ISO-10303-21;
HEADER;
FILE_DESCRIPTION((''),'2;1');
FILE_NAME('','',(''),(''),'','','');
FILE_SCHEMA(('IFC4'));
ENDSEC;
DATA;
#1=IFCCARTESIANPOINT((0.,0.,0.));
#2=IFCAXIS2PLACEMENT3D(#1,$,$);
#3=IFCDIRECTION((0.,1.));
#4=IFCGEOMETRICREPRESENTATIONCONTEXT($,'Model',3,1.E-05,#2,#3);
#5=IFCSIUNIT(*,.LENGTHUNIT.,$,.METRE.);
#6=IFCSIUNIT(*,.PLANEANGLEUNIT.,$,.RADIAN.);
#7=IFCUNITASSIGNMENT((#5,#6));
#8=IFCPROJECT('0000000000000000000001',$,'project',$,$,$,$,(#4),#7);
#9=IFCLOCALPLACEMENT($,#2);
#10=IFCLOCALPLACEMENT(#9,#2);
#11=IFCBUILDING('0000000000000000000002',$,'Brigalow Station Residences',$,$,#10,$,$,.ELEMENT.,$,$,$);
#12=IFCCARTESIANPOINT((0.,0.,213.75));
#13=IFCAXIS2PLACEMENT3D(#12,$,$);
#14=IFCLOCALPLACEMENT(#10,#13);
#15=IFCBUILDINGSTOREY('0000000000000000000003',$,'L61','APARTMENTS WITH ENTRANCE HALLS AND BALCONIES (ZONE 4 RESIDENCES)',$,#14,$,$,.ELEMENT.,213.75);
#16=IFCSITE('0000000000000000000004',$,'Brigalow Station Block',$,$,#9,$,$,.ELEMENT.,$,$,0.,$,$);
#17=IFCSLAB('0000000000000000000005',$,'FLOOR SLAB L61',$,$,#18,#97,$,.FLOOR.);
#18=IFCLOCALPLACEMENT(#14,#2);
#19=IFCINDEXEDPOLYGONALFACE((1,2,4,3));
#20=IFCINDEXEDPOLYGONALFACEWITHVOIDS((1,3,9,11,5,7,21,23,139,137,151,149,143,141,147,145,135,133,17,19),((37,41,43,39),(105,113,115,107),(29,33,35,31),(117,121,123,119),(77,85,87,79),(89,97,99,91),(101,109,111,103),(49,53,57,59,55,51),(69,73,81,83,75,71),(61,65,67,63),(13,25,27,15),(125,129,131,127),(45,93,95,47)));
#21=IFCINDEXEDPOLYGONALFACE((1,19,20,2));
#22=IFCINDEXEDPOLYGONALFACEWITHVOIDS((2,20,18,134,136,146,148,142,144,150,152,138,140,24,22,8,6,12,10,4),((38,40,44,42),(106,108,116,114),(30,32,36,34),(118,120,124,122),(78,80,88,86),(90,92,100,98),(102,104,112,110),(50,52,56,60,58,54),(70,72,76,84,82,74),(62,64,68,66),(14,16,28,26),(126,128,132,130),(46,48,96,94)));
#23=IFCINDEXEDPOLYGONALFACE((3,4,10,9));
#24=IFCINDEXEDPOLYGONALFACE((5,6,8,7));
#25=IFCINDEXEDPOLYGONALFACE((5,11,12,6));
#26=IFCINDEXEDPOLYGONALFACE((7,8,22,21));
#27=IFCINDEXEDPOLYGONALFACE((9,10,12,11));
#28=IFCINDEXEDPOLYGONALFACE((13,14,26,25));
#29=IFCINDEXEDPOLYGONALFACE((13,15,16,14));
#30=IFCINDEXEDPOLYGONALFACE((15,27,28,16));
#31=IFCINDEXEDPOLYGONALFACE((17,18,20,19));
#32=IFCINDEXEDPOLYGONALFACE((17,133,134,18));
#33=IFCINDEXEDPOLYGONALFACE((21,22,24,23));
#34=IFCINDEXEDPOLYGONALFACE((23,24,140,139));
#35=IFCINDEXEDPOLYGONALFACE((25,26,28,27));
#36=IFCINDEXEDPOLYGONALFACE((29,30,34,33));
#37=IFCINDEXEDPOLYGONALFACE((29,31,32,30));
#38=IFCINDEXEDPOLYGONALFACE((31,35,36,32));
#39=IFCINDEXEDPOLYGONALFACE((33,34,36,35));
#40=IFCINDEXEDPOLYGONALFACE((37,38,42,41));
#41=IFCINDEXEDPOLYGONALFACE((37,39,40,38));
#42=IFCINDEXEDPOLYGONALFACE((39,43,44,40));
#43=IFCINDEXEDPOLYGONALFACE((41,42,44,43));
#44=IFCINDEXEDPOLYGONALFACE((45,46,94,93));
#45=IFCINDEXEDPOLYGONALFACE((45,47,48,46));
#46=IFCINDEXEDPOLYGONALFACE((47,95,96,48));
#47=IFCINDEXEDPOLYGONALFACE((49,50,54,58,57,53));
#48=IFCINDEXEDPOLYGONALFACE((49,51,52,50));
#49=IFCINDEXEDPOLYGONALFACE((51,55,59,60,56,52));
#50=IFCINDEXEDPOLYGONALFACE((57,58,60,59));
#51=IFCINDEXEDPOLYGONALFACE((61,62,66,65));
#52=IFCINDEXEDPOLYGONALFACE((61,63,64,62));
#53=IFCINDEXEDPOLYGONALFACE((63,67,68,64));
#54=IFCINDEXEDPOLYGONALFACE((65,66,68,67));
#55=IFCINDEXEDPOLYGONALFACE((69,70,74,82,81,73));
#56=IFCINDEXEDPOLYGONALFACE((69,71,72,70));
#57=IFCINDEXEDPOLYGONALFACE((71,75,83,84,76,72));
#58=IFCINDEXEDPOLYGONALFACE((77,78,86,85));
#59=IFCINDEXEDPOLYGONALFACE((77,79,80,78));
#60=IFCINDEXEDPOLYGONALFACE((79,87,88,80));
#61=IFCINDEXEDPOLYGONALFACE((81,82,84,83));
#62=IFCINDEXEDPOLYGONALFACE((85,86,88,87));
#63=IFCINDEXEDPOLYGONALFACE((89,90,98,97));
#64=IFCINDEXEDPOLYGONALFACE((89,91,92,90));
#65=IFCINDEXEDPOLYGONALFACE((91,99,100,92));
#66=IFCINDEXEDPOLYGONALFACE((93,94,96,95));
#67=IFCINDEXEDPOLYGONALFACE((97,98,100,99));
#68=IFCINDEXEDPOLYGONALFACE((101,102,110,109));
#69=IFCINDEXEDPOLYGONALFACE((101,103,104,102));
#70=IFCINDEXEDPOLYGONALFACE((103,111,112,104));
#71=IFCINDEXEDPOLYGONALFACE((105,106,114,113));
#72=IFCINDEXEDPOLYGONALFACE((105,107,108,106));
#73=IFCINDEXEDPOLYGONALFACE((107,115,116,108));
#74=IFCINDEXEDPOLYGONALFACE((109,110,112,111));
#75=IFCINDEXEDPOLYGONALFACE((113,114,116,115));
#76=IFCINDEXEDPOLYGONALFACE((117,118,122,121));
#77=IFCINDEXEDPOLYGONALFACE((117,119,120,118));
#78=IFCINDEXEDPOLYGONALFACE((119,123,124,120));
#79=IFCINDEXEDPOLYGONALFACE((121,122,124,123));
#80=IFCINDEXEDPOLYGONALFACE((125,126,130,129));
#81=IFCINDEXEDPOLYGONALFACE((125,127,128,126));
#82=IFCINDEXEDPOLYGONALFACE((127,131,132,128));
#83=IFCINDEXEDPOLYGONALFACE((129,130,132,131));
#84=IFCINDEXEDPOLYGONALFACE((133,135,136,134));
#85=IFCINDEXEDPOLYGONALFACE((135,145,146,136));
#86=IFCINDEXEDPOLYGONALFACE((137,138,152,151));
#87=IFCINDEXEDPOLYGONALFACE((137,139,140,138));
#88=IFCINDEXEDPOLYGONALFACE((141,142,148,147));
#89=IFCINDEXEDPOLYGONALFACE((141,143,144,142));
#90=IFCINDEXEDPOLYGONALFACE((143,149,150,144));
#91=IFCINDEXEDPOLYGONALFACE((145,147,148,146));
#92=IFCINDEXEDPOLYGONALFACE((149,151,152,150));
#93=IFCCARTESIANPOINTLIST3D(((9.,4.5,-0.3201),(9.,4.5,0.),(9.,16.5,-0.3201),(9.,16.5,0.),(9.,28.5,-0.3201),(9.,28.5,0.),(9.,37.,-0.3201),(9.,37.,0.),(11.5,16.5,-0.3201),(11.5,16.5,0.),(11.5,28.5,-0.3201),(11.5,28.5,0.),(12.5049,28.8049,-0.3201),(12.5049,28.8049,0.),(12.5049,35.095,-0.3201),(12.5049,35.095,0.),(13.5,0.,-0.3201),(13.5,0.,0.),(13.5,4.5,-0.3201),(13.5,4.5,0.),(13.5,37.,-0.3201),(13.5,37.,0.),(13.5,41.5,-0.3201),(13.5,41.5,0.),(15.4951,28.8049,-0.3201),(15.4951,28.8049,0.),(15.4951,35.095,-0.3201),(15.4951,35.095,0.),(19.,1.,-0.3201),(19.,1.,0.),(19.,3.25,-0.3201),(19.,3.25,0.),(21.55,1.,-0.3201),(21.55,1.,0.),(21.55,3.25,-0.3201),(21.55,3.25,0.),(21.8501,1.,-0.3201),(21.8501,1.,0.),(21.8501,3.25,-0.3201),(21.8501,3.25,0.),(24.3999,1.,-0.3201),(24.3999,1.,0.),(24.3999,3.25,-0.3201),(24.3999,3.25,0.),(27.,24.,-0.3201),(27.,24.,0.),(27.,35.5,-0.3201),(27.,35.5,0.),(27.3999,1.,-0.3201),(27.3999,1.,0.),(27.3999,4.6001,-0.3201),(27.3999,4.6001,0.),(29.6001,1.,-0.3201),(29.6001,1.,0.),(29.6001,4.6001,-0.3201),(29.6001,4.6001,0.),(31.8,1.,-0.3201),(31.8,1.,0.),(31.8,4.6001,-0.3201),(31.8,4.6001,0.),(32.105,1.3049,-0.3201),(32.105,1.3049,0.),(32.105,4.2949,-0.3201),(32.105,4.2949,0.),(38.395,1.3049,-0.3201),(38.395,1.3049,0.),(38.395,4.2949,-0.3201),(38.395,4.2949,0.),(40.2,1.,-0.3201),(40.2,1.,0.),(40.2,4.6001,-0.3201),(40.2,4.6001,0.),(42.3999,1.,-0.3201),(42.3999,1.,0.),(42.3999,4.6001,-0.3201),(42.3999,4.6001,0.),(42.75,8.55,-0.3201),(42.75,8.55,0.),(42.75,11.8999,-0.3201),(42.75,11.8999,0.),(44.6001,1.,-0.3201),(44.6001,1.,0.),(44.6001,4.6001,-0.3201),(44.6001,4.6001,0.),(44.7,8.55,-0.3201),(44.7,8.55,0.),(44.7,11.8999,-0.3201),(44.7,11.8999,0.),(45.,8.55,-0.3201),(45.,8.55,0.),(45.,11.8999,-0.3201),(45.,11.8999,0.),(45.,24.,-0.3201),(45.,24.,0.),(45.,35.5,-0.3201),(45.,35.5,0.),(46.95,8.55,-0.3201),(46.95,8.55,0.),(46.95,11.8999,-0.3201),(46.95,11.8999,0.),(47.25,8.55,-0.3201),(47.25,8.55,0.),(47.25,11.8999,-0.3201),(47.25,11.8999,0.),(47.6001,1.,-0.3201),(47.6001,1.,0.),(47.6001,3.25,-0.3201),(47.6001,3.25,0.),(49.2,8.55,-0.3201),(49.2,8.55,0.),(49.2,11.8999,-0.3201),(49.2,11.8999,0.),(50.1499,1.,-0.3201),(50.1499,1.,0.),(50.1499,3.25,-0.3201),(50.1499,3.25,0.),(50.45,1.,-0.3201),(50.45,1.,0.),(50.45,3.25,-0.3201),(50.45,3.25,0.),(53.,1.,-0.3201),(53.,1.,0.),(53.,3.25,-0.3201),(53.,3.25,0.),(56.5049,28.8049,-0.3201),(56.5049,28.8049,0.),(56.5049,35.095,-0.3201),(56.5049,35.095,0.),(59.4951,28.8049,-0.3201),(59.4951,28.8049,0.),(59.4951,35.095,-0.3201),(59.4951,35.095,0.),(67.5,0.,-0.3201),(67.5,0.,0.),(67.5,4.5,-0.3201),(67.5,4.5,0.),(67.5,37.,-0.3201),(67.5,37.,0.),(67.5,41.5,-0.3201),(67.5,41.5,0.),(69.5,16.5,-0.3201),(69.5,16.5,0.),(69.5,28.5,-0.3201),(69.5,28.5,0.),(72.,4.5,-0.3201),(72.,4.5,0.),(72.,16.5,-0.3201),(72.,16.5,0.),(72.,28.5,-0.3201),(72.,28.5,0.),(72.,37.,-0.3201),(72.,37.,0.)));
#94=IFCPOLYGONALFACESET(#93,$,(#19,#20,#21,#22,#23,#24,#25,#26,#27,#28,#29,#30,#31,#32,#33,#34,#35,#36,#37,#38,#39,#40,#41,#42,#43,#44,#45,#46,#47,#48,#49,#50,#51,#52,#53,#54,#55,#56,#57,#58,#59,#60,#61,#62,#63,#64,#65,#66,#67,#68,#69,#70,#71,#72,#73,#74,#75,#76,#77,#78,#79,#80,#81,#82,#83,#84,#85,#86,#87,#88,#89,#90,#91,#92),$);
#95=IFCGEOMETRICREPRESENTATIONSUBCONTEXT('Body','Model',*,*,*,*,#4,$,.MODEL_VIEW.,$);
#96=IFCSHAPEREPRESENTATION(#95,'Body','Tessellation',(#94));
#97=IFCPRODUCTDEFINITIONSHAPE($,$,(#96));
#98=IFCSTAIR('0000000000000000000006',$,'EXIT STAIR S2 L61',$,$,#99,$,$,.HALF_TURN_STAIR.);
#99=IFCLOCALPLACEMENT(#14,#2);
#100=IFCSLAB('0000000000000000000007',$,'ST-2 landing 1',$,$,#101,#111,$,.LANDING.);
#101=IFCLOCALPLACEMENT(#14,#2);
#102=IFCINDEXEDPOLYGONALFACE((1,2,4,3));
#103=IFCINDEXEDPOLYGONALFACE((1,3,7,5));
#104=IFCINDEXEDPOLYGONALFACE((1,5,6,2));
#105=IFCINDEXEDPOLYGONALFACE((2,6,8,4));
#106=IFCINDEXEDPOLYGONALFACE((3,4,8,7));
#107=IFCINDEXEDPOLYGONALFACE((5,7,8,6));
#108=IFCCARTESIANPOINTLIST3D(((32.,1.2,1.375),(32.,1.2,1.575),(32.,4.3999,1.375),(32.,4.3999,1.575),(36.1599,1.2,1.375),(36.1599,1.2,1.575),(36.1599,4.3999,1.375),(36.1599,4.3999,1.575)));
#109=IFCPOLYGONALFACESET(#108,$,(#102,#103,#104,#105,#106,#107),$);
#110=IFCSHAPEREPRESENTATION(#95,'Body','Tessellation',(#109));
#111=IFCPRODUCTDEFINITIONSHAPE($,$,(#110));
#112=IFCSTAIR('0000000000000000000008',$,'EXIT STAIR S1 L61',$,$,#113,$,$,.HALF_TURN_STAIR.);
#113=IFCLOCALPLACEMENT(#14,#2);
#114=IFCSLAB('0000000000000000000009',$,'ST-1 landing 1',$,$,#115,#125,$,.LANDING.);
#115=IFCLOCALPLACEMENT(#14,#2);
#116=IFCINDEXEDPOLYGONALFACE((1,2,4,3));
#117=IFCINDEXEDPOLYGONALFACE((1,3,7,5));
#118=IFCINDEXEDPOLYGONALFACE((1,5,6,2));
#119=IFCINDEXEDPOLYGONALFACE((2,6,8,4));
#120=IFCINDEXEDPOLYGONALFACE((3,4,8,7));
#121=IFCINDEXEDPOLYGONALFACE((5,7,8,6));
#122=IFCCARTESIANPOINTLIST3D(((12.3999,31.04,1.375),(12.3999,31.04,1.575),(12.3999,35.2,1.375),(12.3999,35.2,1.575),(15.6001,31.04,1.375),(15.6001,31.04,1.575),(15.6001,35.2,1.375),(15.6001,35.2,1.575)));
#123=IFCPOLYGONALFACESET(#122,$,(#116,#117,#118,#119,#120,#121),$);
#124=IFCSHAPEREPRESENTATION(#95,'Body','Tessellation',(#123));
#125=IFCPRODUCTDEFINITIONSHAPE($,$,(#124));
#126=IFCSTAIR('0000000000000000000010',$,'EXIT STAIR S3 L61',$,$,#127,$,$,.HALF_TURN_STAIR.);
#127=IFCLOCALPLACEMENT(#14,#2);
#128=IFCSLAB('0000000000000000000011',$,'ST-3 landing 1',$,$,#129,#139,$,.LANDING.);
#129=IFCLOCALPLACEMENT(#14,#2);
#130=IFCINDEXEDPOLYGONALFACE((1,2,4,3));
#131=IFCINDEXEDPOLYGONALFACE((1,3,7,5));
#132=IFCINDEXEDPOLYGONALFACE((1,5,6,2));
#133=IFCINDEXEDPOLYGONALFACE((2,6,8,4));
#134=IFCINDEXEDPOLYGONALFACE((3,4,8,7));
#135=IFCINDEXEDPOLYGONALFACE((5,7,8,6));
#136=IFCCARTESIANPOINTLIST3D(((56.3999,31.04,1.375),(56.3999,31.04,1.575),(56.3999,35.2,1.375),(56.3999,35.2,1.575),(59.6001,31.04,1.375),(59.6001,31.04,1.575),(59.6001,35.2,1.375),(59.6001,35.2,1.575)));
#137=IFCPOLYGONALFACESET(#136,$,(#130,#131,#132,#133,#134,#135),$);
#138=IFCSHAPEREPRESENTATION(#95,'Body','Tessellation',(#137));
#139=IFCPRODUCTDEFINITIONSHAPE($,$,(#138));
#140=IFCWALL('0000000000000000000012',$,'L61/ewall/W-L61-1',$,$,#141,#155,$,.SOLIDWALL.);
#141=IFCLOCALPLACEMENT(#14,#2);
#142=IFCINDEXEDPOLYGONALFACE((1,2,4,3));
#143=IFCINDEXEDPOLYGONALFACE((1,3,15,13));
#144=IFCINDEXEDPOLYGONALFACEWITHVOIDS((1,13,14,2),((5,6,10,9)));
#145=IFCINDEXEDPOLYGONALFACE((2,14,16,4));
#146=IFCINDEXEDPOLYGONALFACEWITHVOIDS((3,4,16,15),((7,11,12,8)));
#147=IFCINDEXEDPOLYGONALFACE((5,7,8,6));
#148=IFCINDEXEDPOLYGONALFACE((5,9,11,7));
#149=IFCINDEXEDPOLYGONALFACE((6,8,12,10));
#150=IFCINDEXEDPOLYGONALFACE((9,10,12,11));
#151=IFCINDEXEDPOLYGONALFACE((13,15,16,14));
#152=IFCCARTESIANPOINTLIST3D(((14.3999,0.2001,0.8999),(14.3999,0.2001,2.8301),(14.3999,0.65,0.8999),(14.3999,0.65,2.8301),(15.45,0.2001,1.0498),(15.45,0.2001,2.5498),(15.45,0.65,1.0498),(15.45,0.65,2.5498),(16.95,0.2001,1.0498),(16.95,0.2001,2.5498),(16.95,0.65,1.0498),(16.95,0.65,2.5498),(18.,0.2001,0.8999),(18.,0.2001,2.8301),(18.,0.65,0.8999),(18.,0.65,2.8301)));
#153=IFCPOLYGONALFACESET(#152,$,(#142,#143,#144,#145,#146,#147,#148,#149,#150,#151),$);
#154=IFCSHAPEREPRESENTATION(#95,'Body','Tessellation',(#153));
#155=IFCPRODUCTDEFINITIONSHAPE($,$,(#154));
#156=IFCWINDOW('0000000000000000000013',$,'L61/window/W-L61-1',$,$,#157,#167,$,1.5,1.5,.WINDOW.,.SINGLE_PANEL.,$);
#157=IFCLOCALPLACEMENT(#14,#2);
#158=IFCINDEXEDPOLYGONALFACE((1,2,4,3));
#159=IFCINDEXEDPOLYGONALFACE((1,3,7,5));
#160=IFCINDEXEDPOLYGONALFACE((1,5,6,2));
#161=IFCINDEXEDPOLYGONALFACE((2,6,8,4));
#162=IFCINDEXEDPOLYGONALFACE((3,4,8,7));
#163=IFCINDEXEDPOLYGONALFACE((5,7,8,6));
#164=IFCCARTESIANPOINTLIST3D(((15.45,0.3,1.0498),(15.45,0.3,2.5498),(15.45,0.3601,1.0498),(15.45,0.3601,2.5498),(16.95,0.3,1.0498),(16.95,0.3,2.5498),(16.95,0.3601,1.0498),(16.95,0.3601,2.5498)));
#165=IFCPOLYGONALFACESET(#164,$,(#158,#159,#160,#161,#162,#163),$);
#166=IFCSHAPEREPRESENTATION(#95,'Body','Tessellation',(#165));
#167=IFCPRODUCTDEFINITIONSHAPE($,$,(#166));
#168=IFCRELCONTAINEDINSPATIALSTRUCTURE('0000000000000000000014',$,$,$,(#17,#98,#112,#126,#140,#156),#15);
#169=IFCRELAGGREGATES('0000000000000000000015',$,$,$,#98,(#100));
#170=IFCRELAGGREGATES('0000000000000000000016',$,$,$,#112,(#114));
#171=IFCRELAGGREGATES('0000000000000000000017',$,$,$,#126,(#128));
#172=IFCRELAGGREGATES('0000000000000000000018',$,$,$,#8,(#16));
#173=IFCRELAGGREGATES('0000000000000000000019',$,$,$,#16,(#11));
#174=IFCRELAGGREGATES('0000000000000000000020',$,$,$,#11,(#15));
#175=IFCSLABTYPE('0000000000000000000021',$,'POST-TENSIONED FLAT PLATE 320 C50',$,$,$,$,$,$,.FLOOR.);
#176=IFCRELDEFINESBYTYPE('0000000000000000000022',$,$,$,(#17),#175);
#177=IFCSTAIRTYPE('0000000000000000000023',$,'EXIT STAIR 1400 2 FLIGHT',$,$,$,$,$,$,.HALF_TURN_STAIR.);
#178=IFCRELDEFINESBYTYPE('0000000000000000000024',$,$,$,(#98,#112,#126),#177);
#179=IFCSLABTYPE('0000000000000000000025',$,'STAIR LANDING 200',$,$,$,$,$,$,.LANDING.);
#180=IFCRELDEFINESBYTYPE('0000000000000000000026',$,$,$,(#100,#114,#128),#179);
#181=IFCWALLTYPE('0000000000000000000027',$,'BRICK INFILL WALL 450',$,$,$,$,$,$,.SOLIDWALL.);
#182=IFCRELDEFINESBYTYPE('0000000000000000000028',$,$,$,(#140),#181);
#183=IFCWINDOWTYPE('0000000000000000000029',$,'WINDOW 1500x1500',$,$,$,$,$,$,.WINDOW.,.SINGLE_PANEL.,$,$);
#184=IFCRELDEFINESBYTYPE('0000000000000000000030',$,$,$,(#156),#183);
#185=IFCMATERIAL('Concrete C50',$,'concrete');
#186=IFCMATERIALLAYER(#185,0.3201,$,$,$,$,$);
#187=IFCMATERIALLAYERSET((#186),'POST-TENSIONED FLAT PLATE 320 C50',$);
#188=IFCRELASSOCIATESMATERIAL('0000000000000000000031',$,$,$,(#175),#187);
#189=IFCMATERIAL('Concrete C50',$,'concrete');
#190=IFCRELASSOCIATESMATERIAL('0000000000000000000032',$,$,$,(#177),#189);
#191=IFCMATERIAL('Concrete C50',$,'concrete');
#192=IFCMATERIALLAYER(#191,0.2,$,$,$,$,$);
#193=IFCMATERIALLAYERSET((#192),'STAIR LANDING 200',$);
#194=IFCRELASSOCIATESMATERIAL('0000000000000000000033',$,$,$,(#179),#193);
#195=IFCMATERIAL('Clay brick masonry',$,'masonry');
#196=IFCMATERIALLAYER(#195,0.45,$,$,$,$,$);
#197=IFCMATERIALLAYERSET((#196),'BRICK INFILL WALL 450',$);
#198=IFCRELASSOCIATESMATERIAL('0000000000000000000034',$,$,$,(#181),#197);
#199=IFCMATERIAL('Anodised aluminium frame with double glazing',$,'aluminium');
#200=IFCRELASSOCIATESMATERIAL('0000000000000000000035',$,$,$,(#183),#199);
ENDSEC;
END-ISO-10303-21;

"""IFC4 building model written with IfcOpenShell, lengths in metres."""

from ifc_helpers import new_model, si_unit, direction, frame, frame_2d, origin, place, context, subcontext, project, spatial, polyline, rectangle, outline, extrude, material, layer, layer_set, type_object, element, fill, aggregate, save


model = new_model("IFC4")

# Units and contexts
model_context = context("Model", 3, precision=1e-05, world=origin(), true_north=direction((0.0, 1.0)))
body_context = subcontext(model_context, "Body", "Model", "MODEL_VIEW")
ifc_project = project(units=[si_unit("LENGTHUNIT", "METRE"), si_unit("PLANEANGLEUNIT", "RADIAN")], contexts=[model_context])

# Site, building, storey
site_placement = place(None, origin())
site = spatial("IfcSite", under=ifc_project, at=site_placement, Name="Brigalow Station Block", CompositionType="ELEMENT", RefElevation=0.0)
building_placement = place(site_placement, origin())
building = spatial("IfcBuilding", under=site, at=building_placement, Name="Brigalow Station Residences", CompositionType="ELEMENT")
storey_placement = place(building_placement, frame((0.0, 0.0, 213.75)))
storey = spatial("IfcBuildingStorey", under=building, at=storey_placement, Name="L61", Description="APARTMENTS WITH ENTRANCE HALLS AND BALCONIES (ZONE 4 RESIDENCES)", CompositionType="ELEMENT", Elevation=213.75)

# Slab
ifc_material_1 = material(Name="Concrete C50", Category="concrete")
ifc_layer_1 = layer(ifc_material_1, 0.3201)
ifc_layer_set_1 = layer_set([ifc_layer_1], Name="POST-TENSIONED FLAT PLATE 320 C50")
slab_type_1 = type_object("IfcSlabType", Name="POST-TENSIONED FLAT PLATE 320 C50", PredefinedType="FLOOR", material=ifc_layer_set_1)
slab_1_placement = place(storey_placement, frame((0.0, 0.0, -0.3201)))
element("IfcSlab", 1, at=slab_1_placement, inside=storey, type_object=slab_type_1, Name="FLOOR SLAB L61", PredefinedType="FLOOR", context=body_context, shape_type="SweptSolid", body=[
    extrude(outline(polyline([(13.5, 0.0), (67.5, 0.0), (67.5, 4.5), (72.0, 4.5), (72.0, 16.5), (69.5, 16.5), (69.5, 28.5), (72.0, 28.5), (72.0, 37.0), (67.5, 37.0), (67.5, 41.5), (13.5, 41.5), (13.5, 37.0), (9.0, 37.0), (9.0, 28.5), (11.5, 28.5), (11.5, 16.5), (9.0, 16.5), (9.0, 4.5), (13.5, 4.5), (13.5, 0.0)]), holes=[polyline([(12.5049, 35.095), (15.4951, 35.095), (15.4951, 28.8049), (12.5049, 28.8049), (12.5049, 35.095)]), polyline([(19.0, 1.0), (19.0, 3.25), (21.55, 3.25), (21.55, 1.0), (19.0, 1.0)]), polyline([(21.8501, 3.25), (24.3999, 3.25), (24.3999, 1.0), (21.8501, 1.0), (21.8501, 3.25)]), polyline([(27.0, 35.5), (45.0, 35.5), (45.0, 24.0), (27.0, 24.0), (27.0, 35.5)]), polyline([(29.6001, 4.6001), (31.8, 4.6001), (31.8, 1.0), (29.6001, 1.0), (27.3999, 1.0), (27.3999, 4.6001), (29.6001, 4.6001)]), polyline([(32.105, 4.2949), (38.395, 4.2949), (38.395, 1.3049), (32.105, 1.3049), (32.105, 4.2949)]), polyline([(40.2, 4.6001), (42.3999, 4.6001), (44.6001, 4.6001), (44.6001, 1.0), (42.3999, 1.0), (40.2, 1.0), (40.2, 4.6001)]), polyline([(42.75, 11.8999), (44.7, 11.8999), (44.7, 8.55), (42.75, 8.55), (42.75, 11.8999)]), polyline([(45.0, 11.8999), (46.95, 11.8999), (46.95, 8.55), (45.0, 8.55), (45.0, 11.8999)]), polyline([(47.25, 11.8999), (49.2, 11.8999), (49.2, 8.55), (47.25, 8.55), (47.25, 11.8999)]), polyline([(47.6001, 3.25), (50.1499, 3.25), (50.1499, 1.0), (47.6001, 1.0), (47.6001, 3.25)]), polyline([(50.45, 3.25), (53.0, 3.25), (53.0, 1.0), (50.45, 1.0), (50.45, 3.25)]), polyline([(56.5049, 35.095), (59.4951, 35.095), (59.4951, 28.8049), (56.5049, 28.8049), (56.5049, 35.095)])]), origin(), (0.0, 0.0, 1.0), 0.3201),
])

# Stairs, slabs
ifc_material_2 = material(Name="Concrete C50", Category="concrete")
stair_type = type_object("IfcStairType", Name="EXIT STAIR 1400 2 FLIGHT", PredefinedType="HALF_TURN_STAIR", material=ifc_material_2)
stair_1_placement = place(storey_placement, origin())
stair_1 = element("IfcStair", 2, at=stair_1_placement, inside=storey, type_object=stair_type, Name="EXIT STAIR S2 L61", PredefinedType="HALF_TURN_STAIR")
ifc_material_3 = material(Name="Concrete C50", Category="concrete")
ifc_layer_2 = layer(ifc_material_3, 0.2)
ifc_layer_set_2 = layer_set([ifc_layer_2], Name="STAIR LANDING 200")
slab_type_2 = type_object("IfcSlabType", Name="STAIR LANDING 200", PredefinedType="LANDING", material=ifc_layer_set_2)
slab_2_placement = place(storey_placement, frame((0.0, 0.0, 1.375)))
slab_2 = element("IfcSlab", 3, at=slab_2_placement, type_object=slab_type_2, Name="ST-2 landing 1", PredefinedType="LANDING", context=body_context, shape_type="SweptSolid", body=[
    extrude(outline(polyline([(32.0, 1.2), (36.1599, 1.2), (36.1599, 4.3999), (32.0, 4.3999), (32.0, 1.2)])), origin(), (0.0, 0.0, 1.0), 0.2),
])
aggregate(stair_1, [slab_2])
stair_2_placement = place(storey_placement, origin())
stair_2 = element("IfcStair", 4, at=stair_2_placement, inside=storey, type_object=stair_type, Name="EXIT STAIR S1 L61", PredefinedType="HALF_TURN_STAIR")
slab_3_placement = place(storey_placement, frame((0.0, 0.0, 1.375)))
slab_3 = element("IfcSlab", 5, at=slab_3_placement, type_object=slab_type_2, Name="ST-1 landing 1", PredefinedType="LANDING", context=body_context, shape_type="SweptSolid", body=[
    extrude(outline(polyline([(12.3999, 31.04), (15.6001, 31.04), (15.6001, 35.2), (12.3999, 35.2), (12.3999, 31.04)])), origin(), (0.0, 0.0, 1.0), 0.2),
])
aggregate(stair_2, [slab_3])
stair_3_placement = place(storey_placement, origin())
stair_3 = element("IfcStair", 6, at=stair_3_placement, inside=storey, type_object=stair_type, Name="EXIT STAIR S3 L61", PredefinedType="HALF_TURN_STAIR")
slab_4_placement = place(storey_placement, frame((0.0, 0.0, 1.375)))
slab_4 = element("IfcSlab", 7, at=slab_4_placement, type_object=slab_type_2, Name="ST-3 landing 1", PredefinedType="LANDING", context=body_context, shape_type="SweptSolid", body=[
    extrude(outline(polyline([(56.3999, 31.04), (59.6001, 31.04), (59.6001, 35.2), (56.3999, 35.2), (56.3999, 31.04)])), origin(), (0.0, 0.0, 1.0), 0.2),
])
aggregate(stair_3, [slab_4])

# Wall, opening, window
ifc_material_4 = material(Name="Clay brick masonry", Category="masonry")
ifc_layer_3 = layer(ifc_material_4, 0.45)
ifc_layer_set_3 = layer_set([ifc_layer_3], Name="BRICK INFILL WALL 450")
wall_type_1 = type_object("IfcWallType", Name="BRICK INFILL WALL 450", PredefinedType="SOLIDWALL", material=ifc_layer_set_3)
wall_1_placement = place(storey_placement, frame((14.3999, 0.425, 0.8999), z_axis=(0.0, 0.0, 1.0), x_axis=(1.0, 0.0, 0.0)))
wall_1 = element("IfcWall", 8, at=wall_1_placement, inside=storey, type_object=wall_type_1, Name="L61/ewall/W-L61-1", PredefinedType="SOLIDWALL", context=body_context, shape_type="SweptSolid", body=[
    extrude(rectangle(XDim=3.6001, YDim=0.45, at=frame_2d((1.8, 0.0))), origin(), (0.0, 0.0, 1.0), 1.9302),
])
opening_1_placement = place(wall_1_placement, frame((1.05, 0.0, 0.1499)))
opening_1 = element("IfcOpeningElement", 9, at=opening_1_placement, cuts=wall_1, PredefinedType="OPENING", context=body_context, shape_type="SweptSolid", body=[
    extrude(rectangle(XDim=1.5, YDim=1.5, at=frame_2d((0.75, 0.75))), frame((0.0, 0.2349, 0.0), z_axis=(0.0, -1.0, 0.0), x_axis=(1.0, 0.0, 0.0)), (0.0, 0.0, 1.0), 0.47),
])
ifc_material_5 = material(Name="Anodised aluminium frame with double glazing", Category="aluminium")
window_type_1 = type_object("IfcWindowType", Name="WINDOW 1500x1500", PartitioningType="SINGLE_PANEL", PredefinedType="WINDOW", material=ifc_material_5)
window_1_placement = place(opening_1_placement, origin())
window_1 = element("IfcWindow", 10, at=window_1_placement, inside=storey, type_object=window_type_1, Name="L61/window/W-L61-1", OverallHeight=1.5, OverallWidth=1.5, PartitioningType="SINGLE_PANEL", PredefinedType="WINDOW", context=body_context, shape_type="SweptSolid", body=[
    extrude(rectangle(XDim=1.5, YDim=1.5, at=frame_2d((0.75, 0.75))), frame((0.0, -0.0649, 0.0), z_axis=(0.0, -1.0, 0.0), x_axis=(1.0, 0.0, 0.0)), (0.0, 0.0, 1.0), 0.0601),
])
fill(opening_1, window_1)

save(model, "model.ifc")
